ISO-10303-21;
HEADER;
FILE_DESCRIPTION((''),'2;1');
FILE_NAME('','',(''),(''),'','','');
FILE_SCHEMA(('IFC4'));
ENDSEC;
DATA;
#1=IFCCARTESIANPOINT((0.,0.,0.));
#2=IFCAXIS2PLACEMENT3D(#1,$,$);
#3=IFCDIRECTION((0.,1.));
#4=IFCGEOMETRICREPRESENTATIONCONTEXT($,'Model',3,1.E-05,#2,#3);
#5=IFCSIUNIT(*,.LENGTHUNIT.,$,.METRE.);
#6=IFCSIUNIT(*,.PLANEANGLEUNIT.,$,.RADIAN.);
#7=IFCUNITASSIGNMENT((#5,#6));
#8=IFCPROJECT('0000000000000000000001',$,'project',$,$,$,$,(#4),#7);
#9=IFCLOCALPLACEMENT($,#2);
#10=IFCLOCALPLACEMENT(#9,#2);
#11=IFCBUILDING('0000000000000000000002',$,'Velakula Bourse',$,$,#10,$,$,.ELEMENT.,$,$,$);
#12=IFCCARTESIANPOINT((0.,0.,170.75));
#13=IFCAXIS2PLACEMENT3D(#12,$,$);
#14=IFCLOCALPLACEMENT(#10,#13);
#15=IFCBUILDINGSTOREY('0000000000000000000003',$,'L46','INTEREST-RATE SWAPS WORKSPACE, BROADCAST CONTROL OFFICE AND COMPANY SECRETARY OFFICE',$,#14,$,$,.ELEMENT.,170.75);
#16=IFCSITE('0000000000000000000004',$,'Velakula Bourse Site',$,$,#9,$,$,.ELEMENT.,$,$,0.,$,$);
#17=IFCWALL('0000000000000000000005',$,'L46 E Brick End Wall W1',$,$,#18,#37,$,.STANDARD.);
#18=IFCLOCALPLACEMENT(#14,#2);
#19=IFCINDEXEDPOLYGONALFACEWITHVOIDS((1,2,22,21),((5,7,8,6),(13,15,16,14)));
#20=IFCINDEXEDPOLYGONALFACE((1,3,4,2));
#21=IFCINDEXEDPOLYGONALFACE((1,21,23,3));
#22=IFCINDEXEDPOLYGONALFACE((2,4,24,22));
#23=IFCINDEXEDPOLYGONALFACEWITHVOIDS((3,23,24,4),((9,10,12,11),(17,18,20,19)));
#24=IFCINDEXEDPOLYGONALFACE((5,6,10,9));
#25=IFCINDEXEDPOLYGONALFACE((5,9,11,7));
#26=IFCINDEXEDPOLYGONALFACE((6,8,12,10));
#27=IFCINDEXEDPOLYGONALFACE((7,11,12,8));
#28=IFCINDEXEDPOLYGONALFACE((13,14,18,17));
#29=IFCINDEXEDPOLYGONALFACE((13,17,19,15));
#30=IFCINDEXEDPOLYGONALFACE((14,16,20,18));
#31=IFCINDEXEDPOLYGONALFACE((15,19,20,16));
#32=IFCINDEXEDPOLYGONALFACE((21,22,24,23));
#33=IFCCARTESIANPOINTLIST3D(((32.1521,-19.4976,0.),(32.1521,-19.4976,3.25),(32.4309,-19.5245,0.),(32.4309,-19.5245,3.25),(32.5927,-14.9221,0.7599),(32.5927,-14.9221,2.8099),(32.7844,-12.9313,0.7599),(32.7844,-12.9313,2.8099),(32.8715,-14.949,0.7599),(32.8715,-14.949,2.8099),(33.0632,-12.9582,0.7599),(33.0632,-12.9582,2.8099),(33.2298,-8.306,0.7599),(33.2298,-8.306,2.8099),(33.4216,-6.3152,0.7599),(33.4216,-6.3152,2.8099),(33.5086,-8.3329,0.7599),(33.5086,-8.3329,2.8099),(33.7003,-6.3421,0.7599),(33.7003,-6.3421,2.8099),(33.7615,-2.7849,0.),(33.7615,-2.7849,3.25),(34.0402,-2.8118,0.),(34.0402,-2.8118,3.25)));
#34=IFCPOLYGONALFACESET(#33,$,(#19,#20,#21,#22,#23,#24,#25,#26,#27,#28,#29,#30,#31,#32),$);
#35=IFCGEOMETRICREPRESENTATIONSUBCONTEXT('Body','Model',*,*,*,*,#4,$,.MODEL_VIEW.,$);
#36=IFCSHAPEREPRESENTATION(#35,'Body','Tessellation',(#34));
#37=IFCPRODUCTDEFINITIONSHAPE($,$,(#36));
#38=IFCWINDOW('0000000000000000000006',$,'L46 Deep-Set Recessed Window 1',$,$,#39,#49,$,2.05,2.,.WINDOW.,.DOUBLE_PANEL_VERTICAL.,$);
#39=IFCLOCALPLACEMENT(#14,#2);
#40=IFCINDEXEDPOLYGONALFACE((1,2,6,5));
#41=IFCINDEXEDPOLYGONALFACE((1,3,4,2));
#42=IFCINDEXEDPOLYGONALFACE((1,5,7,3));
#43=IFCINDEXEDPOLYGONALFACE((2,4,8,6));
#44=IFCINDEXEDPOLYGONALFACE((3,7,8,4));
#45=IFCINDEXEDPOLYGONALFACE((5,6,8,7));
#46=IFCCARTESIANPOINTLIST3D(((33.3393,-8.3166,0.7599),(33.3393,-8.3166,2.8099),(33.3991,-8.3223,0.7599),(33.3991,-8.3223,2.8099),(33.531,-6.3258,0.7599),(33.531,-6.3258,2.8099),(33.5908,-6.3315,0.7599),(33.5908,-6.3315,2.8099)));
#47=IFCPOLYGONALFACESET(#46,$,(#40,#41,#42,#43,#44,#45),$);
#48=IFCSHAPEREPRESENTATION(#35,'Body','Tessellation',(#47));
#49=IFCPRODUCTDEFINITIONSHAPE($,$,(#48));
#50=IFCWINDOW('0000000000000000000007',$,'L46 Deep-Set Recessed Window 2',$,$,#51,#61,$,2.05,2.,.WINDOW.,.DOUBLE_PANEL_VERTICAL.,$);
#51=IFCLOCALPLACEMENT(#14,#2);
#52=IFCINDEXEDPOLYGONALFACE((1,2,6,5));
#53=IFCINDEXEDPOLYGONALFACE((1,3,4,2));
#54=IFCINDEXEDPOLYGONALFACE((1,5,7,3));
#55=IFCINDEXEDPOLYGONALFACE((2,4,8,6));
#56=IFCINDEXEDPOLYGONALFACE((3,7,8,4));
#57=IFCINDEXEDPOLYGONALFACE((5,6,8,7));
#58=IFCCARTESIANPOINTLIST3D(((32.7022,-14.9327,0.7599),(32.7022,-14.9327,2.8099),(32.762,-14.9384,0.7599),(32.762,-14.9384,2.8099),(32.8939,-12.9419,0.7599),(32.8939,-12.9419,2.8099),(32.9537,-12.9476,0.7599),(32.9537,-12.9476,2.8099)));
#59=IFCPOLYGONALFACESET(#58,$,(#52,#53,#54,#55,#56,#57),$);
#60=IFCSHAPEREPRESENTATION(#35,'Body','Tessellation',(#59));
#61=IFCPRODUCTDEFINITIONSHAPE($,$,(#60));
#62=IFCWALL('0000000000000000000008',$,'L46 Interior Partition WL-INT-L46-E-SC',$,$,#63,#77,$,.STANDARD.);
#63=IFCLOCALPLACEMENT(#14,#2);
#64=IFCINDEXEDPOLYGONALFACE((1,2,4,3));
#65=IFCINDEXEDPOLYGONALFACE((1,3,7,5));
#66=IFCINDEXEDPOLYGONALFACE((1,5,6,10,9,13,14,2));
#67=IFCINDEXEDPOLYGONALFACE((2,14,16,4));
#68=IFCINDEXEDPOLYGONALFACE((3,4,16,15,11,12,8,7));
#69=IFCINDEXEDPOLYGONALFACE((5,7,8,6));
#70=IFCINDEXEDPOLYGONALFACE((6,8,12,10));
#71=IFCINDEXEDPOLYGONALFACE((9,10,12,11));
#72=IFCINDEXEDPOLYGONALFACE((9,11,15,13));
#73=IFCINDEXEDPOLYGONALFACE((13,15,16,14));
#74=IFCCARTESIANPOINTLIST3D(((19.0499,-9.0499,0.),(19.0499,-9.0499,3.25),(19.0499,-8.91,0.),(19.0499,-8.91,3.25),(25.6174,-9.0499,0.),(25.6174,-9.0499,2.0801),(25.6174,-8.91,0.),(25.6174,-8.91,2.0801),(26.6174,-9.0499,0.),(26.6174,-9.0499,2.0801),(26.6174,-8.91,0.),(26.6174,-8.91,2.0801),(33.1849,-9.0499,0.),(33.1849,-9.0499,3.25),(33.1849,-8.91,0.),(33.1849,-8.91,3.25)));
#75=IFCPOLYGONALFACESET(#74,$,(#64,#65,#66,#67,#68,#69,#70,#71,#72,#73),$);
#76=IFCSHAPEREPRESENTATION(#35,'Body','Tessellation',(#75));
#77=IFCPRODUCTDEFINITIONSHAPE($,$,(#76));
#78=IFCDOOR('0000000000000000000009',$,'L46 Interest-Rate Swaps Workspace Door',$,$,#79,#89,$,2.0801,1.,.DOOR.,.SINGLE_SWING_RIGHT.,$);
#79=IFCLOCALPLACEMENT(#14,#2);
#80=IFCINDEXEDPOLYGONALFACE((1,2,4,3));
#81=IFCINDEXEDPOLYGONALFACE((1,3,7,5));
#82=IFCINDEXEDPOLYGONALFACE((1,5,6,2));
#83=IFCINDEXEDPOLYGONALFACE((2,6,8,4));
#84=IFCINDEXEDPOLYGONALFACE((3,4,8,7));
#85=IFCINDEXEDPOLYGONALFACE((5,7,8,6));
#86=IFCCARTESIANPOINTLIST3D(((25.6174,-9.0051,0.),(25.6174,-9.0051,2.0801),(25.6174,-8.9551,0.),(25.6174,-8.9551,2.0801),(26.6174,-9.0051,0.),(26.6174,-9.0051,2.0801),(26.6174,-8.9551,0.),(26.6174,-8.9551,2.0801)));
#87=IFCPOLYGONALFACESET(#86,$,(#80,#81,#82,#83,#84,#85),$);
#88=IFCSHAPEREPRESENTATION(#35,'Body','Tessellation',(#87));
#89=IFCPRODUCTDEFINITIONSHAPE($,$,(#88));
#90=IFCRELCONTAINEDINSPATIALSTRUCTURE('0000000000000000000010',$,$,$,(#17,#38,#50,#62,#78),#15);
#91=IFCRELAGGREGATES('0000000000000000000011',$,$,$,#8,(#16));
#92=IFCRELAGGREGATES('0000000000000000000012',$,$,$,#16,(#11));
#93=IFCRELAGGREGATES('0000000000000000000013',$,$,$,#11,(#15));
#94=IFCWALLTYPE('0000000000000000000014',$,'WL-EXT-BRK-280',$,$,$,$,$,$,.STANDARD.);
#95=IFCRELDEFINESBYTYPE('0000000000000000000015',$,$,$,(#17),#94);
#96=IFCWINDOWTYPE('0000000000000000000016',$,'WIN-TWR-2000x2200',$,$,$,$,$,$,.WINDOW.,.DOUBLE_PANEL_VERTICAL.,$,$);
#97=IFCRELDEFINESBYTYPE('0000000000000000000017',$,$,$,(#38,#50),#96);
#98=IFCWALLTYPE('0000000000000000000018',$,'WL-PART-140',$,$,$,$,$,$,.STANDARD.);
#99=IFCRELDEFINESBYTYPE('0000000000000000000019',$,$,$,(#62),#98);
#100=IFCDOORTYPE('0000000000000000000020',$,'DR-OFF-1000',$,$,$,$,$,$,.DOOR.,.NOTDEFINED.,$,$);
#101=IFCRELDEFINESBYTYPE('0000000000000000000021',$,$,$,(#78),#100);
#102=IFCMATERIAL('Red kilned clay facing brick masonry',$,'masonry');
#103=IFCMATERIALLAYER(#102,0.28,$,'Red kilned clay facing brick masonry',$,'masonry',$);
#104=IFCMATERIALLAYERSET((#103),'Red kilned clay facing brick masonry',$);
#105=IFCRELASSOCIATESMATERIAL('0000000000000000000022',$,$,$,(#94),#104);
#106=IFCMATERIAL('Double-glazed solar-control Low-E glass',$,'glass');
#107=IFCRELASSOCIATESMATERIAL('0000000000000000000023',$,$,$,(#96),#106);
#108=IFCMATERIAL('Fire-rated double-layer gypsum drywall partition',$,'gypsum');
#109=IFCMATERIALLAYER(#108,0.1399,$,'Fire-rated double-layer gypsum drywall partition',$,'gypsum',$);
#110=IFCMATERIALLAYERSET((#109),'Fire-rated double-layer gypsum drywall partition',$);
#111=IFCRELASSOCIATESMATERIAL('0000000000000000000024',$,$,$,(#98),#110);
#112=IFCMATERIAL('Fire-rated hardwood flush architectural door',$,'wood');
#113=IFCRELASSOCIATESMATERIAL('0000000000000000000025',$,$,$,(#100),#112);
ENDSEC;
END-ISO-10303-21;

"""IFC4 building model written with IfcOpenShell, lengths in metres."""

from ifc_helpers import new_model, si_unit, direction, frame, frame_2d, origin, place, context, subcontext, project, spatial, rectangle, extrude, material, layer, layer_set, type_object, element, fill, save


model = new_model("IFC4")

# Units and contexts
model_context = context("Model", 3, precision=1e-05, world=origin(), true_north=direction((0.0, 1.0)))
body_context = subcontext(model_context, "Body", "Model", "MODEL_VIEW")
ifc_project = project(units=[si_unit("LENGTHUNIT", "METRE"), si_unit("PLANEANGLEUNIT", "RADIAN")], contexts=[model_context])

# Site, building, storey
site_placement = place(None, origin())
site = spatial("IfcSite", under=ifc_project, at=site_placement, Name="Velakula Bourse Site", CompositionType="ELEMENT", RefElevation=0.0)
building_placement = place(site_placement, origin())
building = spatial("IfcBuilding", under=site, at=building_placement, Name="Velakula Bourse", CompositionType="ELEMENT")
storey_placement = place(building_placement, frame((0.0, 0.0, 170.75)))
storey = spatial("IfcBuildingStorey", under=building, at=storey_placement, Name="L46", Description="INTEREST-RATE SWAPS WORKSPACE, BROADCAST CONTROL OFFICE AND COMPANY SECRETARY OFFICE", CompositionType="ELEMENT", Elevation=170.75)

# Wall, openings, windows
ifc_material_1 = material(Name="Red kilned clay facing brick masonry", Category="masonry")
ifc_layer_1 = layer(ifc_material_1, 0.28, Name="Red kilned clay facing brick masonry", Category="masonry")
ifc_layer_set_1 = layer_set([ifc_layer_1], Name="Red kilned clay facing brick masonry")
wall_type_1 = type_object("IfcWallType", Name="WL-EXT-BRK-280", PredefinedType="STANDARD", material=ifc_layer_set_1)
wall_1_placement = place(storey_placement, frame((33.9009, -2.7983, 0.0), z_axis=(0.0, 0.0, 1.0), x_axis=(-0.095853, -0.995395, 0.0)))
wall_1 = element("IfcWall", 1, at=wall_1_placement, inside=storey, type_object=wall_type_1, Name="L46 E Brick End Wall W1", PredefinedType="STANDARD", context=body_context, shape_type="SweptSolid", body=[
    extrude(rectangle(XDim=16.79, YDim=0.28, at=frame_2d((8.395, 0.0))), origin(), (0.0, 0.0, 1.0), 3.25),
])
opening_1_placement = place(wall_1_placement, frame((3.5466, 0.0, 0.76)))
opening_1 = element("IfcOpeningElement", 2, at=opening_1_placement, cuts=wall_1, PredefinedType="OPENING", context=body_context, shape_type="SweptSolid", body=[
    extrude(rectangle(XDim=2.0, YDim=2.05, at=frame_2d((1.0, 1.0249))), frame((0.0, 0.1499, 0.0), z_axis=(0.0, -1.0, 0.0), x_axis=(1.0, 0.0, 0.0)), (0.0, 0.0, 1.0), 0.3),
])
opening_2_placement = place(wall_1_placement, frame((10.1934, 0.0, 0.76)))
opening_2 = element("IfcOpeningElement", 3, at=opening_2_placement, cuts=wall_1, PredefinedType="OPENING", context=body_context, shape_type="SweptSolid", body=[
    extrude(rectangle(XDim=2.0, YDim=2.05, at=frame_2d((1.0, 1.0249))), frame((0.0, 0.1499, 0.0), z_axis=(0.0, -1.0, 0.0), x_axis=(1.0, 0.0, 0.0)), (0.0, 0.0, 1.0), 0.3),
])
ifc_material_2 = material(Name="Double-glazed solar-control Low-E glass", Category="glass")
window_type = type_object("IfcWindowType", Name="WIN-TWR-2000x2200", PartitioningType="DOUBLE_PANEL_VERTICAL", PredefinedType="WINDOW", material=ifc_material_2)
window_1_placement = place(opening_1_placement, origin())
window_1 = element("IfcWindow", 4, at=window_1_placement, inside=storey, type_object=window_type, Name="L46 Deep-Set Recessed Window 1", OverallHeight=2.05, OverallWidth=2.0, PartitioningType="DOUBLE_PANEL_VERTICAL", PredefinedType="WINDOW", context=body_context, shape_type="SweptSolid", body=[
    extrude(rectangle(XDim=2.0, YDim=2.05, at=frame_2d((1.0, 1.0249))), frame((0.0, 0.03, 0.0), z_axis=(0.0, -1.0, 0.0), x_axis=(1.0, 0.0, 0.0)), (0.0, 0.0, 1.0), 0.0601),
])
fill(opening_1, window_1)
window_2_placement = place(opening_2_placement, origin())
window_2 = element("IfcWindow", 5, at=window_2_placement, inside=storey, type_object=window_type, Name="L46 Deep-Set Recessed Window 2", OverallHeight=2.05, OverallWidth=2.0, PartitioningType="DOUBLE_PANEL_VERTICAL", PredefinedType="WINDOW", context=body_context, shape_type="SweptSolid", body=[
    extrude(rectangle(XDim=2.0, YDim=2.05, at=frame_2d((1.0, 1.0249))), frame((0.0, 0.03, 0.0), z_axis=(0.0, -1.0, 0.0), x_axis=(1.0, 0.0, 0.0)), (0.0, 0.0, 1.0), 0.0601),
])
fill(opening_2, window_2)

# Wall, opening, door
ifc_material_3 = material(Name="Fire-rated double-layer gypsum drywall partition", Category="gypsum")
ifc_layer_2 = layer(ifc_material_3, 0.1399, Name="Fire-rated double-layer gypsum drywall partition", Category="gypsum")
ifc_layer_set_2 = layer_set([ifc_layer_2], Name="Fire-rated double-layer gypsum drywall partition")
wall_type_2 = type_object("IfcWallType", Name="WL-PART-140", PredefinedType="STANDARD", material=ifc_layer_set_2)
wall_2_placement = place(storey_placement, frame((19.05, -8.98, 0.0), z_axis=(0.0, 0.0, 1.0), x_axis=(1.0, 0.0, 0.0)))
wall_2 = element("IfcWall", 6, at=wall_2_placement, inside=storey, type_object=wall_type_2, Name="L46 Interior Partition WL-INT-L46-E-SC", PredefinedType="STANDARD", context=body_context, shape_type="SweptSolid", body=[
    extrude(rectangle(XDim=14.135, YDim=0.1399, at=frame_2d((7.0674, 0.0))), origin(), (0.0, 0.0, 1.0), 3.25),
])
opening_3_placement = place(wall_2_placement, frame((6.5674, 0.0, 0.0)))
opening_3 = element("IfcOpeningElement", 7, at=opening_3_placement, cuts=wall_2, PredefinedType="OPENING", context=body_context, shape_type="SweptSolid", body=[
    extrude(rectangle(XDim=1.0, YDim=2.0801, at=frame_2d((0.5, 1.04))), frame((0.0, 0.0798, 0.0), z_axis=(0.0, -1.0, 0.0), x_axis=(1.0, 0.0, 0.0)), (0.0, 0.0, 1.0), 0.1599),
])
ifc_material_4 = material(Name="Fire-rated hardwood flush architectural door", Category="wood")
door_type = type_object("IfcDoorType", Name="DR-OFF-1000", OperationType="NOTDEFINED", PredefinedType="DOOR", material=ifc_material_4)
door_placement = place(opening_3_placement, origin())
door = element("IfcDoor", 8, at=door_placement, inside=storey, type_object=door_type, Name="L46 Interest-Rate Swaps Workspace Door", OperationType="SINGLE_SWING_RIGHT", OverallHeight=2.0801, OverallWidth=1.0, PredefinedType="DOOR", context=body_context, shape_type="SweptSolid", body=[
    extrude(rectangle(XDim=1.0, YDim=2.0801, at=frame_2d((0.5, 1.04))), frame((0.0, 0.0249, 0.0), z_axis=(0.0, -1.0, 0.0), x_axis=(1.0, 0.0, 0.0)), (0.0, 0.0, 1.0), 0.05),
])
fill(opening_3, door)

save(model, "model.ifc")
